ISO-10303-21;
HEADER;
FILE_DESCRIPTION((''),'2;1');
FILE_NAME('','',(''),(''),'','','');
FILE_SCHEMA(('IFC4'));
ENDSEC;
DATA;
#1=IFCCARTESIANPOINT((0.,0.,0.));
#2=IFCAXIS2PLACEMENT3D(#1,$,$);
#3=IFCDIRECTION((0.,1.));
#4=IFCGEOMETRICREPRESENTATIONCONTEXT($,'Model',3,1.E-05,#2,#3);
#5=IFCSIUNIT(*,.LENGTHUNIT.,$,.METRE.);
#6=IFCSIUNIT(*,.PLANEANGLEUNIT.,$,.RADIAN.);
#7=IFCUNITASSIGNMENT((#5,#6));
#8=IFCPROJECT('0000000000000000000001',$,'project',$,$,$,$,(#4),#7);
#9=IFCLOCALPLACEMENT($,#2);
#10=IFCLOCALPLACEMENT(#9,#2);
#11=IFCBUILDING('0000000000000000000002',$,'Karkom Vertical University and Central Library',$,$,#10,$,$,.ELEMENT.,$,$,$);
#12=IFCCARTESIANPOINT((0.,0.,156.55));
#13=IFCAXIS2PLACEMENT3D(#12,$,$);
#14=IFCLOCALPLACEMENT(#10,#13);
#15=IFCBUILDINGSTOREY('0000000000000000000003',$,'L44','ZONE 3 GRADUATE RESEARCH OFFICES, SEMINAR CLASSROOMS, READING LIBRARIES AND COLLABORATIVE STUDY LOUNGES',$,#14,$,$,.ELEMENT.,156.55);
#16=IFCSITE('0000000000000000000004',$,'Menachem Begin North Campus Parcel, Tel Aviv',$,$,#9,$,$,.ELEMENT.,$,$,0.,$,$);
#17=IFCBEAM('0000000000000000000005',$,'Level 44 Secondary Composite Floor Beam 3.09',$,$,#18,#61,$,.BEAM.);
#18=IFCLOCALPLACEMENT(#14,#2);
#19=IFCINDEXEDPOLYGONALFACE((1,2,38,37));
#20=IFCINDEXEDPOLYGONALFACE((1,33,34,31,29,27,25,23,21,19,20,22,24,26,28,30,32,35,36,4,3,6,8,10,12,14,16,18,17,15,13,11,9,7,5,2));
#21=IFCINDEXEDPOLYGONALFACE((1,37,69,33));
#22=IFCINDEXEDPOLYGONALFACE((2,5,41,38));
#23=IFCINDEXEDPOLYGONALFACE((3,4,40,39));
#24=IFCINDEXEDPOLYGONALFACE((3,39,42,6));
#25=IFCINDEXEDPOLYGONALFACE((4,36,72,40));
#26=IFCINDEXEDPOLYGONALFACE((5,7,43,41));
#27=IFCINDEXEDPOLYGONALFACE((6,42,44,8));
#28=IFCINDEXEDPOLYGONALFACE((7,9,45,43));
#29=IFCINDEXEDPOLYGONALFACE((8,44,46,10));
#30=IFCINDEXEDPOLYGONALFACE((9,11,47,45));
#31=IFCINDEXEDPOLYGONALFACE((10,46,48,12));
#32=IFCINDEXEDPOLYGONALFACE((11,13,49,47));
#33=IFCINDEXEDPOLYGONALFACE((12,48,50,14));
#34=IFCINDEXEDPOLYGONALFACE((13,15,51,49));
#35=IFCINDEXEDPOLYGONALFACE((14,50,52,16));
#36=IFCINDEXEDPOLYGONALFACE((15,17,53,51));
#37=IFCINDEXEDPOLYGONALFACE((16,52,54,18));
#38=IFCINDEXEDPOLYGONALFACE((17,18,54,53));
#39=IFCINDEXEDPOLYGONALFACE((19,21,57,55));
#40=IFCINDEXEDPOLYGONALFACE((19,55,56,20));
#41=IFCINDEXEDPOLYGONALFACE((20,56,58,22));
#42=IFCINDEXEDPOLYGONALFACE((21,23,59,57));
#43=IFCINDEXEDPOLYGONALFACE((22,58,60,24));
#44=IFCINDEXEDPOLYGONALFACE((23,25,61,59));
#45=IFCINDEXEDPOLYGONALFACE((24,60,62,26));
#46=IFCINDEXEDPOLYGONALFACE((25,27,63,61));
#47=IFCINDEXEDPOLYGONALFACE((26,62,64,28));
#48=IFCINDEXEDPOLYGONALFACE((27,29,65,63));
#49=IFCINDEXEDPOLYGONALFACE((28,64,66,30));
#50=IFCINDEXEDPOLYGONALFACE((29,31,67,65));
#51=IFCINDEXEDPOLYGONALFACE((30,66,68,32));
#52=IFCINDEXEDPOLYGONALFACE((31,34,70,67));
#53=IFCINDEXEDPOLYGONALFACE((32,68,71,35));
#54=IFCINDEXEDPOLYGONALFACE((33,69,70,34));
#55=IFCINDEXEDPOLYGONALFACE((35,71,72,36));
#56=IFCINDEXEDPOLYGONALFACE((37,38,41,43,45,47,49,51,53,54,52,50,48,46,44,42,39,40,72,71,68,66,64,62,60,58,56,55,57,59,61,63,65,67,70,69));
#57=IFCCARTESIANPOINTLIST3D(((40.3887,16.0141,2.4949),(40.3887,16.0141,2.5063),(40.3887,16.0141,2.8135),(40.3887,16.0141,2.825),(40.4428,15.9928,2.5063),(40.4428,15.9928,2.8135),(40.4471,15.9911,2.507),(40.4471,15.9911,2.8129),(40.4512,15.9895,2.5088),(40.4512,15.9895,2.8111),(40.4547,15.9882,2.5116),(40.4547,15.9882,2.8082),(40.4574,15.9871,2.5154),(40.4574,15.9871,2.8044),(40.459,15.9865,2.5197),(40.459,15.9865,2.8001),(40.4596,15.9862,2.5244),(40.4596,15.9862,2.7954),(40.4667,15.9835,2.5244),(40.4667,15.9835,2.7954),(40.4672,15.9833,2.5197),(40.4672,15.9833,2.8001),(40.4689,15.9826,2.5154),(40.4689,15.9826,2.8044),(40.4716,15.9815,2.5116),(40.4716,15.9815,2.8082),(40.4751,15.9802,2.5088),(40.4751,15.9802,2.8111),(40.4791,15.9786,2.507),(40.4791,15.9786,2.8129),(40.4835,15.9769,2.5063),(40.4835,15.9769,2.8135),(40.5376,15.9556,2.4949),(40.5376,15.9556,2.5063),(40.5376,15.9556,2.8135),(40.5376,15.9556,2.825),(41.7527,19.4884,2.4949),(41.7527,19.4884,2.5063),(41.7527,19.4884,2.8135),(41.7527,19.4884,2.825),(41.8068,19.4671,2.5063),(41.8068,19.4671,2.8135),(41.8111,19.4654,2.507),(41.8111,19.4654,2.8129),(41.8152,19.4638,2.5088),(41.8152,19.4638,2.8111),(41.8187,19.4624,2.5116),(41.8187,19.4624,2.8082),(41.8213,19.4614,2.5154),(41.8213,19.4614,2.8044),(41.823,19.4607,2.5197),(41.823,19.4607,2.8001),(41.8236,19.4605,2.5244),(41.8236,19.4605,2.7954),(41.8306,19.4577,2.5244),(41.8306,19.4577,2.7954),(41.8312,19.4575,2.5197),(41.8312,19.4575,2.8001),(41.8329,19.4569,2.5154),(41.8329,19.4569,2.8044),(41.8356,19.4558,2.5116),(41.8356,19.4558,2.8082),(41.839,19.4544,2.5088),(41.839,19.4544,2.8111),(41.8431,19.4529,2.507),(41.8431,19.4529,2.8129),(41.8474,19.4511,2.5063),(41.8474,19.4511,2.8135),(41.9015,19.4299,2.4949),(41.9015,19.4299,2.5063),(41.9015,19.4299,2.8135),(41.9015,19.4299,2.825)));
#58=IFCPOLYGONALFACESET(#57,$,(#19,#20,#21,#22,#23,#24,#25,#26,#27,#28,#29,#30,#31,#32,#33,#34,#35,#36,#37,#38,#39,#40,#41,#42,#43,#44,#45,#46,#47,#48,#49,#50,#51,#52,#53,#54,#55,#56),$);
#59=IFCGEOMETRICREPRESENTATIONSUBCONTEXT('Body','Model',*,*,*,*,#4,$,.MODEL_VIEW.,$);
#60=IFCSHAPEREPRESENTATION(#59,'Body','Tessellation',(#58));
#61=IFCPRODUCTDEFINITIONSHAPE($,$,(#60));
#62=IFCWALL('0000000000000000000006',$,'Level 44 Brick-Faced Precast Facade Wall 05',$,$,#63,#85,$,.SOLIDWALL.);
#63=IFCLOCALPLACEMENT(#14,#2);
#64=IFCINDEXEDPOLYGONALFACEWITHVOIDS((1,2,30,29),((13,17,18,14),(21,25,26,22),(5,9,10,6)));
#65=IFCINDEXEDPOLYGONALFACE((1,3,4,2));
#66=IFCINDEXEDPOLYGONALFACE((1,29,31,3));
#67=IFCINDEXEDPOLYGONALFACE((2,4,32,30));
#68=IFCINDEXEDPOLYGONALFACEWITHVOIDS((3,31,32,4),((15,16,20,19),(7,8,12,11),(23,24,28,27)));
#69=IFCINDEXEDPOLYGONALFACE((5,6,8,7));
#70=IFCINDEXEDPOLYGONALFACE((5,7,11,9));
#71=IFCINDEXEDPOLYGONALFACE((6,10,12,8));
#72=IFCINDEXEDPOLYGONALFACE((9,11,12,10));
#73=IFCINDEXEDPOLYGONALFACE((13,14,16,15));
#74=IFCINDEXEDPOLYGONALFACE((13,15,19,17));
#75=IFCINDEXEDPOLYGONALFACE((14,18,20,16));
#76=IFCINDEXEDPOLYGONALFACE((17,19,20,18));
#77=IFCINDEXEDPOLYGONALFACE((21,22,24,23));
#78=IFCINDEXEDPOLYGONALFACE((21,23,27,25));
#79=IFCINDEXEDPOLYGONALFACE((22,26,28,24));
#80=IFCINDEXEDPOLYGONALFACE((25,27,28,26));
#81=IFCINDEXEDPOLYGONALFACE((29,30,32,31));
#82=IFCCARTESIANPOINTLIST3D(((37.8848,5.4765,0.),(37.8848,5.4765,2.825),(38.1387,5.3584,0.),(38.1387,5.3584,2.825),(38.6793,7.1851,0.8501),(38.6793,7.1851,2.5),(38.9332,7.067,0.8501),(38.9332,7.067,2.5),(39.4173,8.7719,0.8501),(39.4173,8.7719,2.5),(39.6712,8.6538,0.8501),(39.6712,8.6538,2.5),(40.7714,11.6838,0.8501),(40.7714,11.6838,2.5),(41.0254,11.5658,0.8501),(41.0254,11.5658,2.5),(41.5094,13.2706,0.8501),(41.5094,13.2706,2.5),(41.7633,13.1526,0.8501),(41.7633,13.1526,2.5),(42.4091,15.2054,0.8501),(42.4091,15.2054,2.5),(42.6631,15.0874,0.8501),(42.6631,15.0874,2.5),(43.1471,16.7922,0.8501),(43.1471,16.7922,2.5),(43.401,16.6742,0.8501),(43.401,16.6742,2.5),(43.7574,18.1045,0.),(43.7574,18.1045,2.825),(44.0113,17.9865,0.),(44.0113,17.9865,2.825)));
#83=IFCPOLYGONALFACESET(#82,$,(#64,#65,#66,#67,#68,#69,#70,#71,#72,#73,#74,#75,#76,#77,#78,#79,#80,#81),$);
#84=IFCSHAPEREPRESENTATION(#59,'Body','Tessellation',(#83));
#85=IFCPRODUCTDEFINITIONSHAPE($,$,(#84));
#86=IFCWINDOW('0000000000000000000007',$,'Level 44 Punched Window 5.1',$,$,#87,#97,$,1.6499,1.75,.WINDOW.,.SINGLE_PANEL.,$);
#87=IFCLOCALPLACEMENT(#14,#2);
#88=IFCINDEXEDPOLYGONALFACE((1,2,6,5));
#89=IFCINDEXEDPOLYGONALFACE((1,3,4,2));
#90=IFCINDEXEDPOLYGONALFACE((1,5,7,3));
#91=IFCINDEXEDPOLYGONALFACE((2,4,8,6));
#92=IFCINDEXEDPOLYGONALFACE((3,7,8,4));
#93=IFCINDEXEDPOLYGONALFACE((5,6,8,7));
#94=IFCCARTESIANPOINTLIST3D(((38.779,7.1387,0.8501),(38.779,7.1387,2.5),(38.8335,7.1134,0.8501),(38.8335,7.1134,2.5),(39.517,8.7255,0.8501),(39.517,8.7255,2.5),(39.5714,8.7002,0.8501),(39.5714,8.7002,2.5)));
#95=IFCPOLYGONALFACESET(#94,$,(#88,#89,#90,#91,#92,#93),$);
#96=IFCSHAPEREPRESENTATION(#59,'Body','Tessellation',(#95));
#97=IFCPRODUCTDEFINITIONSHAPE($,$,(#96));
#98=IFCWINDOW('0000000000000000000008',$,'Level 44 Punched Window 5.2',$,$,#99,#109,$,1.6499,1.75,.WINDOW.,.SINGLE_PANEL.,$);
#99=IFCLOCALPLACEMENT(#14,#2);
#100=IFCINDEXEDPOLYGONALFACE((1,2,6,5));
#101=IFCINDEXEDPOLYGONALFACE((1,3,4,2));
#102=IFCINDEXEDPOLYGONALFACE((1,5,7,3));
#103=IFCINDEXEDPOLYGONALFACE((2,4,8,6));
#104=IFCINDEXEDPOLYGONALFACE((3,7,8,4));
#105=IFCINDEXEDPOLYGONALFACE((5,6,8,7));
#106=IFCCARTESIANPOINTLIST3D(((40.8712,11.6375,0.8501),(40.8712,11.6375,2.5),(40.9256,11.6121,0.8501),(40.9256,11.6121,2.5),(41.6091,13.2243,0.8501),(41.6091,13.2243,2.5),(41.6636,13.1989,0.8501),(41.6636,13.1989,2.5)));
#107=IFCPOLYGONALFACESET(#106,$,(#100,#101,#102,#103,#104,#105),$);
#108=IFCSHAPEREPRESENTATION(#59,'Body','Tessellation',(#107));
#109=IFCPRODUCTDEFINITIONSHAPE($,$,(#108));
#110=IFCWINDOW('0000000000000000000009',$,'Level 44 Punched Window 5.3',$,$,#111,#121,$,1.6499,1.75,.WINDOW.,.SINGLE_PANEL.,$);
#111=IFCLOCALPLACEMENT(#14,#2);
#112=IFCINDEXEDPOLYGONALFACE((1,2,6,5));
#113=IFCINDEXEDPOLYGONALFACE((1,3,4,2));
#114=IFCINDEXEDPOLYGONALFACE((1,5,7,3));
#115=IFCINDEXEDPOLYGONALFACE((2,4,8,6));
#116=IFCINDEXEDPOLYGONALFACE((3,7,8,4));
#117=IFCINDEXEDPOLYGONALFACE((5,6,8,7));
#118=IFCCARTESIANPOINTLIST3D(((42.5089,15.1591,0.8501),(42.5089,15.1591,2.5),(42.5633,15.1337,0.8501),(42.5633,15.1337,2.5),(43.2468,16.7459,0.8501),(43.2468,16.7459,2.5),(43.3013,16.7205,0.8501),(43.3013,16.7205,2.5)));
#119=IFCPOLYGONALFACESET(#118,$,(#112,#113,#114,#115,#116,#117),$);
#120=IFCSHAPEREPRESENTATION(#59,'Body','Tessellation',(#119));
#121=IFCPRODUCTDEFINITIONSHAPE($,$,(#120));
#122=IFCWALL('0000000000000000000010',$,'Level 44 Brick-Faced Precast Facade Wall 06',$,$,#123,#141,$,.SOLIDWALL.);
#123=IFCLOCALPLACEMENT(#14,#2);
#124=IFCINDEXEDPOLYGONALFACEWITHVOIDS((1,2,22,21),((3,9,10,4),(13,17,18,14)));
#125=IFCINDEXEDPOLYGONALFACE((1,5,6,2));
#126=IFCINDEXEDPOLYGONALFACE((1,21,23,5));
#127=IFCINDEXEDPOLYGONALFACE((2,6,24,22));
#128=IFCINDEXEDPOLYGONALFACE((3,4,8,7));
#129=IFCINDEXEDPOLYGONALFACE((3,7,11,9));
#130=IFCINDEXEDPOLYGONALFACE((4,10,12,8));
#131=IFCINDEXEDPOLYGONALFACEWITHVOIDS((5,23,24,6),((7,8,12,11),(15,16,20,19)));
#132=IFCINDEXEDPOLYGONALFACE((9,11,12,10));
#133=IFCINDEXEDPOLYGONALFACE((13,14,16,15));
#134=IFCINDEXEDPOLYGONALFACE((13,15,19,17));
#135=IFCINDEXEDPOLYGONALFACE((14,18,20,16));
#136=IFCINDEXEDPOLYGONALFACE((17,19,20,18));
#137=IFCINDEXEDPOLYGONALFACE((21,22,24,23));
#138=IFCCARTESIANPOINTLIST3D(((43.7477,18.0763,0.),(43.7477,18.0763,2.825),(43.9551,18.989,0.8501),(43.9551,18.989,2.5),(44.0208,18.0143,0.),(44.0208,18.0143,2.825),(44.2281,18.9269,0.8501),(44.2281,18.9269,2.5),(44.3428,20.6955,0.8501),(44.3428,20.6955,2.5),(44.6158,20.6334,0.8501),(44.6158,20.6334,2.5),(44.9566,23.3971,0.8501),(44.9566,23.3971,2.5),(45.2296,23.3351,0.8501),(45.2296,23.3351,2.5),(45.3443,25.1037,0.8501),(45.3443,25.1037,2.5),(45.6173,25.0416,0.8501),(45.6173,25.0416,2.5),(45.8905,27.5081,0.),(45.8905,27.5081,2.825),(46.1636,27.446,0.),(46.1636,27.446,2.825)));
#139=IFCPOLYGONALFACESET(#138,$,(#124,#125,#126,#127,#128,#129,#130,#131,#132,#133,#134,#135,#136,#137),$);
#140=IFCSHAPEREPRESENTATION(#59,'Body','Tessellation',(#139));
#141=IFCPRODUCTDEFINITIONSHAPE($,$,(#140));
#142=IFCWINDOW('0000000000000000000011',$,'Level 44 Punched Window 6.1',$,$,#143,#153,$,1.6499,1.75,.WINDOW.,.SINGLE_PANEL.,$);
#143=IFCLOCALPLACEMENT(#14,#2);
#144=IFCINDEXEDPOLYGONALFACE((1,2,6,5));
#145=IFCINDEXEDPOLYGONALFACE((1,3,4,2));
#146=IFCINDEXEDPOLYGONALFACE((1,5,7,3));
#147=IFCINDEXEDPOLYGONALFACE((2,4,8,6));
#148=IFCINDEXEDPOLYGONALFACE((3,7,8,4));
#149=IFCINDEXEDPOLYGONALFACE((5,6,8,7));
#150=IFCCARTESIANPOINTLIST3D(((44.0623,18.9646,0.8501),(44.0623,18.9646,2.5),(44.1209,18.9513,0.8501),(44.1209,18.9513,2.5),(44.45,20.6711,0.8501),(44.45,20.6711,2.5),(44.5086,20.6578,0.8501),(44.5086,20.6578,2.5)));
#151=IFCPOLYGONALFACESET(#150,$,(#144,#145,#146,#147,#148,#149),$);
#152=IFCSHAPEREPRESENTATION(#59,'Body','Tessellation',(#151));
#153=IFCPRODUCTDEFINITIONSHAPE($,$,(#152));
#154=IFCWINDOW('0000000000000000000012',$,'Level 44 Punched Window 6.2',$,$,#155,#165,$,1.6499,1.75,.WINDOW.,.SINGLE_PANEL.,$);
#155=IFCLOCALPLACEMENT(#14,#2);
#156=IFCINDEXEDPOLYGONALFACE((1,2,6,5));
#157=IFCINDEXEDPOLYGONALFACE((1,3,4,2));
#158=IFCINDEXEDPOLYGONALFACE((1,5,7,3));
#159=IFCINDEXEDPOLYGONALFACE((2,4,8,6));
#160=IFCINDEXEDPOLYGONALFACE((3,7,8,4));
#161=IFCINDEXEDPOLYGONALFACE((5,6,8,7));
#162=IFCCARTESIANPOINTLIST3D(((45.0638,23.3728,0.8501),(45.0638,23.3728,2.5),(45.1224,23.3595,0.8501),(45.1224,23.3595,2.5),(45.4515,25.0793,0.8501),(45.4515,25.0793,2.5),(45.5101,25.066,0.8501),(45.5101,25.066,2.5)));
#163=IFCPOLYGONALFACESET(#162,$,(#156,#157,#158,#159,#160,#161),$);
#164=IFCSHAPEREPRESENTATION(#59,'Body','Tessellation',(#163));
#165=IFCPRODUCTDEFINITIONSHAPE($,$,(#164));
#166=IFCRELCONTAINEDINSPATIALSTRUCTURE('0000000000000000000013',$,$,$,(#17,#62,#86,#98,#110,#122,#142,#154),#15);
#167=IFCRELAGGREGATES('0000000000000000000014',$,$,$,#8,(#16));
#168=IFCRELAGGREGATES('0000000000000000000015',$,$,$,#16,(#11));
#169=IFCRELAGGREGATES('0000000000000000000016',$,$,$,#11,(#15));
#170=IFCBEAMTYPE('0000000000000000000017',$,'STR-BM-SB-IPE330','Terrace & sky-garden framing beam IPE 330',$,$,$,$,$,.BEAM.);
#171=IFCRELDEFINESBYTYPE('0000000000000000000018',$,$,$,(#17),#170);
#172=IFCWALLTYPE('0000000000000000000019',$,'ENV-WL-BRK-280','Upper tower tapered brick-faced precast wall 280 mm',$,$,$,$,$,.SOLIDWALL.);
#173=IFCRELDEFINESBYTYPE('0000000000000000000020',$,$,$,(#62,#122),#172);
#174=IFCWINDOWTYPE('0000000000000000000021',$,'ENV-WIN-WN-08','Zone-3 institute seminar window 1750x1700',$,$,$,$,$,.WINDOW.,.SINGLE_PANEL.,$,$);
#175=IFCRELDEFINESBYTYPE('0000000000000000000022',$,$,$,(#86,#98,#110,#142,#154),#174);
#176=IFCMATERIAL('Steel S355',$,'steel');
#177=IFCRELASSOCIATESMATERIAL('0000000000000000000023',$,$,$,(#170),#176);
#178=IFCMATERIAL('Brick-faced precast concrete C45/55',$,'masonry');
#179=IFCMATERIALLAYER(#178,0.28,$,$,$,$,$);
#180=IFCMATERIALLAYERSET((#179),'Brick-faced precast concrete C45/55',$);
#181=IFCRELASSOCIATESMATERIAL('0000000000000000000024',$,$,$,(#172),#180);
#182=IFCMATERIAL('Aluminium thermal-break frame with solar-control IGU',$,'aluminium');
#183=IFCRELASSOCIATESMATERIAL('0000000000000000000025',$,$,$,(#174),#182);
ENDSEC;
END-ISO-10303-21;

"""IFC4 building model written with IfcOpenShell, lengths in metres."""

from ifc_helpers import new_model, si_unit, direction, frame, frame_2d, origin, origin_with_axes, origin_2d, place, context, subcontext, project, spatial, rectangle, i_section, extrude, source, transform, mapped, material, layer, layer_set, material_profile, profile_set, type_object, element, fill, save


model = new_model("IFC4")

# Units and contexts
model_context = context("Model", 3, precision=1e-05, world=origin(), true_north=direction((0.0, 1.0)))
body_context = subcontext(model_context, "Body", "Model", "MODEL_VIEW")
ifc_project = project(units=[si_unit("LENGTHUNIT", "METRE"), si_unit("PLANEANGLEUNIT", "RADIAN")], contexts=[model_context])

# Site, building, storey
site_placement = place(None, origin())
site = spatial("IfcSite", under=ifc_project, at=site_placement, Name="Menachem Begin North Campus Parcel, Tel Aviv", CompositionType="ELEMENT", RefElevation=0.0)
building_placement = place(site_placement, origin())
building = spatial("IfcBuilding", under=site, at=building_placement, Name="Karkom Vertical University and Central Library", CompositionType="ELEMENT")
storey_placement = place(building_placement, frame((0.0, 0.0, 156.55)))
storey = spatial("IfcBuildingStorey", under=building, at=storey_placement, Name="L44", Description="ZONE 3 GRADUATE RESEARCH OFFICES, SEMINAR CLASSROOMS, READING LIBRARIES AND COLLABORATIVE STUDY LOUNGES", CompositionType="ELEMENT", Elevation=156.55)

# Beam
ifc_material_1 = material(Name="Steel S355", Category="steel")
ifc_material_profile_1 = material_profile(ifc_material_1, i_section(OverallWidth=0.1599, OverallDepth=0.3301, WebThickness=0.0076, FlangeThickness=0.0115, FilletRadius=0.0181, at=origin_2d()), Name="IPE 330")
ifc_profile_set_1 = profile_set([ifc_material_profile_1], Name="Steel S355")
beam_type_1 = type_object("IfcBeamType", Name="STR-BM-SB-IPE330", Description="Terrace & sky-garden framing beam IPE 330", PredefinedType="BEAM", material=ifc_profile_set_1)
shared_shape_1 = source(origin_with_axes(), body_context, "Body", "SweptSolid", [
    extrude(i_section(OverallWidth=0.1599, OverallDepth=0.3301, WebThickness=0.0076, FlangeThickness=0.0115, FilletRadius=0.0181, at=origin_2d()), origin(), (0.0, 0.0, 1.0), 3.7324),
])
beam_1_placement = place(storey_placement, frame((40.4631, 15.9849, 2.6599), z_axis=(0.36544, 0.930835, 0.0), x_axis=(-0.930835, 0.36544, 0.0)))
element("IfcBeam", 1, at=beam_1_placement, inside=storey, type_object=beam_type_1, Name="Level 44 Secondary Composite Floor Beam 3.09", PredefinedType="BEAM", context=body_context, shape_type="MappedRepresentation", body=[
    mapped(shared_shape_1, transform((0.0, 0.0, 0.0), scale=1.0)),
])

# Walls, openings, windows
ifc_material_2 = material(Name="Brick-faced precast concrete C45/55", Category="masonry")
ifc_layer_1 = layer(ifc_material_2, 0.28)
ifc_layer_set_1 = layer_set([ifc_layer_1], Name="Brick-faced precast concrete C45/55")
wall_type_1 = type_object("IfcWallType", Name="ENV-WL-BRK-280", Description="Upper tower tapered brick-faced precast wall 280 mm", PredefinedType="SOLIDWALL", material=ifc_layer_set_1)
wall_1_placement = place(storey_placement, frame((38.0117, 5.4175, 0.0), z_axis=(0.0, 0.0, 1.0), x_axis=(0.421678, 0.906746, 0.0)))
wall_1 = element("IfcWall", 2, at=wall_1_placement, inside=storey, type_object=wall_type_1, Name="Level 44 Brick-Faced Precast Facade Wall 05", PredefinedType="SOLIDWALL", context=body_context, shape_type="SweptSolid", body=[
    extrude(rectangle(XDim=13.9268, YDim=0.28, at=frame_2d((6.9634, 0.0))), origin(), (0.0, 0.0, 1.0), 2.825),
])
opening_1_placement = place(wall_1_placement, frame((1.8843, 0.0, 0.8501)))
opening_1 = element("IfcOpeningElement", 3, at=opening_1_placement, cuts=wall_1, PredefinedType="OPENING", context=body_context, shape_type="SweptSolid", body=[
    extrude(rectangle(XDim=1.75, YDim=1.6499, at=frame_2d((0.875, 0.825))), frame((0.0, 0.1499, 0.0), z_axis=(0.0, -1.0, 0.0), x_axis=(1.0, 0.0, 0.0)), (0.0, 0.0, 1.0), 0.3),
])
opening_2_placement = place(wall_1_placement, frame((6.8457, 0.0, 0.8501)))
opening_2 = element("IfcOpeningElement", 4, at=opening_2_placement, cuts=wall_1, PredefinedType="OPENING", context=body_context, shape_type="SweptSolid", body=[
    extrude(rectangle(XDim=1.75, YDim=1.6499, at=frame_2d((0.875, 0.825))), frame((0.0, 0.1499, 0.0), z_axis=(0.0, -1.0, 0.0), x_axis=(1.0, 0.0, 0.0)), (0.0, 0.0, 1.0), 0.3),
])
opening_3_placement = place(wall_1_placement, frame((10.7295, 0.0, 0.8501)))
opening_3 = element("IfcOpeningElement", 5, at=opening_3_placement, cuts=wall_1, PredefinedType="OPENING", context=body_context, shape_type="SweptSolid", body=[
    extrude(rectangle(XDim=1.75, YDim=1.6499, at=frame_2d((0.875, 0.825))), frame((0.0, 0.1499, 0.0), z_axis=(0.0, -1.0, 0.0), x_axis=(1.0, 0.0, 0.0)), (0.0, 0.0, 1.0), 0.3),
])
ifc_material_3 = material(Name="Aluminium thermal-break frame with solar-control IGU", Category="aluminium")
window_type = type_object("IfcWindowType", Name="ENV-WIN-WN-08", Description="Zone-3 institute seminar window 1750x1700", PartitioningType="SINGLE_PANEL", PredefinedType="WINDOW", material=ifc_material_3)
shared_shape_2 = source(origin_with_axes(), body_context, "Body", "SweptSolid", [
    extrude(rectangle(XDim=1.75, YDim=1.6499, at=frame_2d((0.875, 0.825))), frame((0.0, 0.03, 0.0), z_axis=(0.0, -1.0, 0.0), x_axis=(1.0, 0.0, 0.0)), (0.0, 0.0, 1.0), 0.0601),
])
window_1_placement = place(opening_1_placement, origin())
window_1 = element("IfcWindow", 6, at=window_1_placement, inside=storey, type_object=window_type, Name="Level 44 Punched Window 5.1", OverallHeight=1.6499, OverallWidth=1.75, PartitioningType="SINGLE_PANEL", PredefinedType="WINDOW", context=body_context, shape_type="MappedRepresentation", body=[
    mapped(shared_shape_2, transform((0.0, 0.0, 0.0), scale=1.0)),
])
fill(opening_1, window_1)
window_2_placement = place(opening_2_placement, origin())
window_2 = element("IfcWindow", 7, at=window_2_placement, inside=storey, type_object=window_type, Name="Level 44 Punched Window 5.2", OverallHeight=1.6499, OverallWidth=1.75, PartitioningType="SINGLE_PANEL", PredefinedType="WINDOW", context=body_context, shape_type="MappedRepresentation", body=[
    mapped(shared_shape_2, transform((0.0, 0.0, 0.0), scale=1.0)),
])
fill(opening_2, window_2)
window_3_placement = place(opening_3_placement, origin())
window_3 = element("IfcWindow", 8, at=window_3_placement, inside=storey, type_object=window_type, Name="Level 44 Punched Window 5.3", OverallHeight=1.6499, OverallWidth=1.75, PartitioningType="SINGLE_PANEL", PredefinedType="WINDOW", context=body_context, shape_type="MappedRepresentation", body=[
    mapped(shared_shape_2, transform((0.0, 0.0, 0.0), scale=1.0)),
])
fill(opening_3, window_3)
wall_2_placement = place(storey_placement, frame((43.8843, 18.0454, 0.0), z_axis=(0.0, 0.0, 1.0), x_axis=(0.221544, 0.97515, 0.0)))
wall_2 = element("IfcWall", 9, at=wall_2_placement, inside=storey, type_object=wall_type_1, Name="Level 44 Brick-Faced Precast Facade Wall 06", PredefinedType="SOLIDWALL", context=body_context, shape_type="SweptSolid", body=[
    extrude(rectangle(XDim=9.6721, YDim=0.28, at=frame_2d((4.8359, 0.0))), origin(), (0.0, 0.0, 1.0), 2.825),
])
opening_4_placement = place(wall_2_placement, frame((0.9358, 0.0, 0.8501)))
opening_4 = element("IfcOpeningElement", 10, at=opening_4_placement, cuts=wall_2, PredefinedType="OPENING", context=body_context, shape_type="SweptSolid", body=[
    extrude(rectangle(XDim=1.75, YDim=1.6499, at=frame_2d((0.875, 0.825))), frame((0.0, 0.1499, 0.0), z_axis=(0.0, -1.0, 0.0), x_axis=(1.0, 0.0, 0.0)), (0.0, 0.0, 1.0), 0.3),
])
opening_5_placement = place(wall_2_placement, frame((5.4563, 0.0, 0.8501)))
opening_5 = element("IfcOpeningElement", 11, at=opening_5_placement, cuts=wall_2, PredefinedType="OPENING", context=body_context, shape_type="SweptSolid", body=[
    extrude(rectangle(XDim=1.75, YDim=1.6499, at=frame_2d((0.875, 0.825))), frame((0.0, 0.1499, 0.0), z_axis=(0.0, -1.0, 0.0), x_axis=(1.0, 0.0, 0.0)), (0.0, 0.0, 1.0), 0.3),
])
window_4_placement = place(opening_4_placement, origin())
window_4 = element("IfcWindow", 12, at=window_4_placement, inside=storey, type_object=window_type, Name="Level 44 Punched Window 6.1", OverallHeight=1.6499, OverallWidth=1.75, PartitioningType="SINGLE_PANEL", PredefinedType="WINDOW", context=body_context, shape_type="MappedRepresentation", body=[
    mapped(shared_shape_2, transform((0.0, 0.0, 0.0), scale=1.0)),
])
fill(opening_4, window_4)
window_5_placement = place(opening_5_placement, origin())
window_5 = element("IfcWindow", 13, at=window_5_placement, inside=storey, type_object=window_type, Name="Level 44 Punched Window 6.2", OverallHeight=1.6499, OverallWidth=1.75, PartitioningType="SINGLE_PANEL", PredefinedType="WINDOW", context=body_context, shape_type="MappedRepresentation", body=[
    mapped(shared_shape_2, transform((0.0, 0.0, 0.0), scale=1.0)),
])
fill(opening_5, window_5)

save(model, "model.ifc")
